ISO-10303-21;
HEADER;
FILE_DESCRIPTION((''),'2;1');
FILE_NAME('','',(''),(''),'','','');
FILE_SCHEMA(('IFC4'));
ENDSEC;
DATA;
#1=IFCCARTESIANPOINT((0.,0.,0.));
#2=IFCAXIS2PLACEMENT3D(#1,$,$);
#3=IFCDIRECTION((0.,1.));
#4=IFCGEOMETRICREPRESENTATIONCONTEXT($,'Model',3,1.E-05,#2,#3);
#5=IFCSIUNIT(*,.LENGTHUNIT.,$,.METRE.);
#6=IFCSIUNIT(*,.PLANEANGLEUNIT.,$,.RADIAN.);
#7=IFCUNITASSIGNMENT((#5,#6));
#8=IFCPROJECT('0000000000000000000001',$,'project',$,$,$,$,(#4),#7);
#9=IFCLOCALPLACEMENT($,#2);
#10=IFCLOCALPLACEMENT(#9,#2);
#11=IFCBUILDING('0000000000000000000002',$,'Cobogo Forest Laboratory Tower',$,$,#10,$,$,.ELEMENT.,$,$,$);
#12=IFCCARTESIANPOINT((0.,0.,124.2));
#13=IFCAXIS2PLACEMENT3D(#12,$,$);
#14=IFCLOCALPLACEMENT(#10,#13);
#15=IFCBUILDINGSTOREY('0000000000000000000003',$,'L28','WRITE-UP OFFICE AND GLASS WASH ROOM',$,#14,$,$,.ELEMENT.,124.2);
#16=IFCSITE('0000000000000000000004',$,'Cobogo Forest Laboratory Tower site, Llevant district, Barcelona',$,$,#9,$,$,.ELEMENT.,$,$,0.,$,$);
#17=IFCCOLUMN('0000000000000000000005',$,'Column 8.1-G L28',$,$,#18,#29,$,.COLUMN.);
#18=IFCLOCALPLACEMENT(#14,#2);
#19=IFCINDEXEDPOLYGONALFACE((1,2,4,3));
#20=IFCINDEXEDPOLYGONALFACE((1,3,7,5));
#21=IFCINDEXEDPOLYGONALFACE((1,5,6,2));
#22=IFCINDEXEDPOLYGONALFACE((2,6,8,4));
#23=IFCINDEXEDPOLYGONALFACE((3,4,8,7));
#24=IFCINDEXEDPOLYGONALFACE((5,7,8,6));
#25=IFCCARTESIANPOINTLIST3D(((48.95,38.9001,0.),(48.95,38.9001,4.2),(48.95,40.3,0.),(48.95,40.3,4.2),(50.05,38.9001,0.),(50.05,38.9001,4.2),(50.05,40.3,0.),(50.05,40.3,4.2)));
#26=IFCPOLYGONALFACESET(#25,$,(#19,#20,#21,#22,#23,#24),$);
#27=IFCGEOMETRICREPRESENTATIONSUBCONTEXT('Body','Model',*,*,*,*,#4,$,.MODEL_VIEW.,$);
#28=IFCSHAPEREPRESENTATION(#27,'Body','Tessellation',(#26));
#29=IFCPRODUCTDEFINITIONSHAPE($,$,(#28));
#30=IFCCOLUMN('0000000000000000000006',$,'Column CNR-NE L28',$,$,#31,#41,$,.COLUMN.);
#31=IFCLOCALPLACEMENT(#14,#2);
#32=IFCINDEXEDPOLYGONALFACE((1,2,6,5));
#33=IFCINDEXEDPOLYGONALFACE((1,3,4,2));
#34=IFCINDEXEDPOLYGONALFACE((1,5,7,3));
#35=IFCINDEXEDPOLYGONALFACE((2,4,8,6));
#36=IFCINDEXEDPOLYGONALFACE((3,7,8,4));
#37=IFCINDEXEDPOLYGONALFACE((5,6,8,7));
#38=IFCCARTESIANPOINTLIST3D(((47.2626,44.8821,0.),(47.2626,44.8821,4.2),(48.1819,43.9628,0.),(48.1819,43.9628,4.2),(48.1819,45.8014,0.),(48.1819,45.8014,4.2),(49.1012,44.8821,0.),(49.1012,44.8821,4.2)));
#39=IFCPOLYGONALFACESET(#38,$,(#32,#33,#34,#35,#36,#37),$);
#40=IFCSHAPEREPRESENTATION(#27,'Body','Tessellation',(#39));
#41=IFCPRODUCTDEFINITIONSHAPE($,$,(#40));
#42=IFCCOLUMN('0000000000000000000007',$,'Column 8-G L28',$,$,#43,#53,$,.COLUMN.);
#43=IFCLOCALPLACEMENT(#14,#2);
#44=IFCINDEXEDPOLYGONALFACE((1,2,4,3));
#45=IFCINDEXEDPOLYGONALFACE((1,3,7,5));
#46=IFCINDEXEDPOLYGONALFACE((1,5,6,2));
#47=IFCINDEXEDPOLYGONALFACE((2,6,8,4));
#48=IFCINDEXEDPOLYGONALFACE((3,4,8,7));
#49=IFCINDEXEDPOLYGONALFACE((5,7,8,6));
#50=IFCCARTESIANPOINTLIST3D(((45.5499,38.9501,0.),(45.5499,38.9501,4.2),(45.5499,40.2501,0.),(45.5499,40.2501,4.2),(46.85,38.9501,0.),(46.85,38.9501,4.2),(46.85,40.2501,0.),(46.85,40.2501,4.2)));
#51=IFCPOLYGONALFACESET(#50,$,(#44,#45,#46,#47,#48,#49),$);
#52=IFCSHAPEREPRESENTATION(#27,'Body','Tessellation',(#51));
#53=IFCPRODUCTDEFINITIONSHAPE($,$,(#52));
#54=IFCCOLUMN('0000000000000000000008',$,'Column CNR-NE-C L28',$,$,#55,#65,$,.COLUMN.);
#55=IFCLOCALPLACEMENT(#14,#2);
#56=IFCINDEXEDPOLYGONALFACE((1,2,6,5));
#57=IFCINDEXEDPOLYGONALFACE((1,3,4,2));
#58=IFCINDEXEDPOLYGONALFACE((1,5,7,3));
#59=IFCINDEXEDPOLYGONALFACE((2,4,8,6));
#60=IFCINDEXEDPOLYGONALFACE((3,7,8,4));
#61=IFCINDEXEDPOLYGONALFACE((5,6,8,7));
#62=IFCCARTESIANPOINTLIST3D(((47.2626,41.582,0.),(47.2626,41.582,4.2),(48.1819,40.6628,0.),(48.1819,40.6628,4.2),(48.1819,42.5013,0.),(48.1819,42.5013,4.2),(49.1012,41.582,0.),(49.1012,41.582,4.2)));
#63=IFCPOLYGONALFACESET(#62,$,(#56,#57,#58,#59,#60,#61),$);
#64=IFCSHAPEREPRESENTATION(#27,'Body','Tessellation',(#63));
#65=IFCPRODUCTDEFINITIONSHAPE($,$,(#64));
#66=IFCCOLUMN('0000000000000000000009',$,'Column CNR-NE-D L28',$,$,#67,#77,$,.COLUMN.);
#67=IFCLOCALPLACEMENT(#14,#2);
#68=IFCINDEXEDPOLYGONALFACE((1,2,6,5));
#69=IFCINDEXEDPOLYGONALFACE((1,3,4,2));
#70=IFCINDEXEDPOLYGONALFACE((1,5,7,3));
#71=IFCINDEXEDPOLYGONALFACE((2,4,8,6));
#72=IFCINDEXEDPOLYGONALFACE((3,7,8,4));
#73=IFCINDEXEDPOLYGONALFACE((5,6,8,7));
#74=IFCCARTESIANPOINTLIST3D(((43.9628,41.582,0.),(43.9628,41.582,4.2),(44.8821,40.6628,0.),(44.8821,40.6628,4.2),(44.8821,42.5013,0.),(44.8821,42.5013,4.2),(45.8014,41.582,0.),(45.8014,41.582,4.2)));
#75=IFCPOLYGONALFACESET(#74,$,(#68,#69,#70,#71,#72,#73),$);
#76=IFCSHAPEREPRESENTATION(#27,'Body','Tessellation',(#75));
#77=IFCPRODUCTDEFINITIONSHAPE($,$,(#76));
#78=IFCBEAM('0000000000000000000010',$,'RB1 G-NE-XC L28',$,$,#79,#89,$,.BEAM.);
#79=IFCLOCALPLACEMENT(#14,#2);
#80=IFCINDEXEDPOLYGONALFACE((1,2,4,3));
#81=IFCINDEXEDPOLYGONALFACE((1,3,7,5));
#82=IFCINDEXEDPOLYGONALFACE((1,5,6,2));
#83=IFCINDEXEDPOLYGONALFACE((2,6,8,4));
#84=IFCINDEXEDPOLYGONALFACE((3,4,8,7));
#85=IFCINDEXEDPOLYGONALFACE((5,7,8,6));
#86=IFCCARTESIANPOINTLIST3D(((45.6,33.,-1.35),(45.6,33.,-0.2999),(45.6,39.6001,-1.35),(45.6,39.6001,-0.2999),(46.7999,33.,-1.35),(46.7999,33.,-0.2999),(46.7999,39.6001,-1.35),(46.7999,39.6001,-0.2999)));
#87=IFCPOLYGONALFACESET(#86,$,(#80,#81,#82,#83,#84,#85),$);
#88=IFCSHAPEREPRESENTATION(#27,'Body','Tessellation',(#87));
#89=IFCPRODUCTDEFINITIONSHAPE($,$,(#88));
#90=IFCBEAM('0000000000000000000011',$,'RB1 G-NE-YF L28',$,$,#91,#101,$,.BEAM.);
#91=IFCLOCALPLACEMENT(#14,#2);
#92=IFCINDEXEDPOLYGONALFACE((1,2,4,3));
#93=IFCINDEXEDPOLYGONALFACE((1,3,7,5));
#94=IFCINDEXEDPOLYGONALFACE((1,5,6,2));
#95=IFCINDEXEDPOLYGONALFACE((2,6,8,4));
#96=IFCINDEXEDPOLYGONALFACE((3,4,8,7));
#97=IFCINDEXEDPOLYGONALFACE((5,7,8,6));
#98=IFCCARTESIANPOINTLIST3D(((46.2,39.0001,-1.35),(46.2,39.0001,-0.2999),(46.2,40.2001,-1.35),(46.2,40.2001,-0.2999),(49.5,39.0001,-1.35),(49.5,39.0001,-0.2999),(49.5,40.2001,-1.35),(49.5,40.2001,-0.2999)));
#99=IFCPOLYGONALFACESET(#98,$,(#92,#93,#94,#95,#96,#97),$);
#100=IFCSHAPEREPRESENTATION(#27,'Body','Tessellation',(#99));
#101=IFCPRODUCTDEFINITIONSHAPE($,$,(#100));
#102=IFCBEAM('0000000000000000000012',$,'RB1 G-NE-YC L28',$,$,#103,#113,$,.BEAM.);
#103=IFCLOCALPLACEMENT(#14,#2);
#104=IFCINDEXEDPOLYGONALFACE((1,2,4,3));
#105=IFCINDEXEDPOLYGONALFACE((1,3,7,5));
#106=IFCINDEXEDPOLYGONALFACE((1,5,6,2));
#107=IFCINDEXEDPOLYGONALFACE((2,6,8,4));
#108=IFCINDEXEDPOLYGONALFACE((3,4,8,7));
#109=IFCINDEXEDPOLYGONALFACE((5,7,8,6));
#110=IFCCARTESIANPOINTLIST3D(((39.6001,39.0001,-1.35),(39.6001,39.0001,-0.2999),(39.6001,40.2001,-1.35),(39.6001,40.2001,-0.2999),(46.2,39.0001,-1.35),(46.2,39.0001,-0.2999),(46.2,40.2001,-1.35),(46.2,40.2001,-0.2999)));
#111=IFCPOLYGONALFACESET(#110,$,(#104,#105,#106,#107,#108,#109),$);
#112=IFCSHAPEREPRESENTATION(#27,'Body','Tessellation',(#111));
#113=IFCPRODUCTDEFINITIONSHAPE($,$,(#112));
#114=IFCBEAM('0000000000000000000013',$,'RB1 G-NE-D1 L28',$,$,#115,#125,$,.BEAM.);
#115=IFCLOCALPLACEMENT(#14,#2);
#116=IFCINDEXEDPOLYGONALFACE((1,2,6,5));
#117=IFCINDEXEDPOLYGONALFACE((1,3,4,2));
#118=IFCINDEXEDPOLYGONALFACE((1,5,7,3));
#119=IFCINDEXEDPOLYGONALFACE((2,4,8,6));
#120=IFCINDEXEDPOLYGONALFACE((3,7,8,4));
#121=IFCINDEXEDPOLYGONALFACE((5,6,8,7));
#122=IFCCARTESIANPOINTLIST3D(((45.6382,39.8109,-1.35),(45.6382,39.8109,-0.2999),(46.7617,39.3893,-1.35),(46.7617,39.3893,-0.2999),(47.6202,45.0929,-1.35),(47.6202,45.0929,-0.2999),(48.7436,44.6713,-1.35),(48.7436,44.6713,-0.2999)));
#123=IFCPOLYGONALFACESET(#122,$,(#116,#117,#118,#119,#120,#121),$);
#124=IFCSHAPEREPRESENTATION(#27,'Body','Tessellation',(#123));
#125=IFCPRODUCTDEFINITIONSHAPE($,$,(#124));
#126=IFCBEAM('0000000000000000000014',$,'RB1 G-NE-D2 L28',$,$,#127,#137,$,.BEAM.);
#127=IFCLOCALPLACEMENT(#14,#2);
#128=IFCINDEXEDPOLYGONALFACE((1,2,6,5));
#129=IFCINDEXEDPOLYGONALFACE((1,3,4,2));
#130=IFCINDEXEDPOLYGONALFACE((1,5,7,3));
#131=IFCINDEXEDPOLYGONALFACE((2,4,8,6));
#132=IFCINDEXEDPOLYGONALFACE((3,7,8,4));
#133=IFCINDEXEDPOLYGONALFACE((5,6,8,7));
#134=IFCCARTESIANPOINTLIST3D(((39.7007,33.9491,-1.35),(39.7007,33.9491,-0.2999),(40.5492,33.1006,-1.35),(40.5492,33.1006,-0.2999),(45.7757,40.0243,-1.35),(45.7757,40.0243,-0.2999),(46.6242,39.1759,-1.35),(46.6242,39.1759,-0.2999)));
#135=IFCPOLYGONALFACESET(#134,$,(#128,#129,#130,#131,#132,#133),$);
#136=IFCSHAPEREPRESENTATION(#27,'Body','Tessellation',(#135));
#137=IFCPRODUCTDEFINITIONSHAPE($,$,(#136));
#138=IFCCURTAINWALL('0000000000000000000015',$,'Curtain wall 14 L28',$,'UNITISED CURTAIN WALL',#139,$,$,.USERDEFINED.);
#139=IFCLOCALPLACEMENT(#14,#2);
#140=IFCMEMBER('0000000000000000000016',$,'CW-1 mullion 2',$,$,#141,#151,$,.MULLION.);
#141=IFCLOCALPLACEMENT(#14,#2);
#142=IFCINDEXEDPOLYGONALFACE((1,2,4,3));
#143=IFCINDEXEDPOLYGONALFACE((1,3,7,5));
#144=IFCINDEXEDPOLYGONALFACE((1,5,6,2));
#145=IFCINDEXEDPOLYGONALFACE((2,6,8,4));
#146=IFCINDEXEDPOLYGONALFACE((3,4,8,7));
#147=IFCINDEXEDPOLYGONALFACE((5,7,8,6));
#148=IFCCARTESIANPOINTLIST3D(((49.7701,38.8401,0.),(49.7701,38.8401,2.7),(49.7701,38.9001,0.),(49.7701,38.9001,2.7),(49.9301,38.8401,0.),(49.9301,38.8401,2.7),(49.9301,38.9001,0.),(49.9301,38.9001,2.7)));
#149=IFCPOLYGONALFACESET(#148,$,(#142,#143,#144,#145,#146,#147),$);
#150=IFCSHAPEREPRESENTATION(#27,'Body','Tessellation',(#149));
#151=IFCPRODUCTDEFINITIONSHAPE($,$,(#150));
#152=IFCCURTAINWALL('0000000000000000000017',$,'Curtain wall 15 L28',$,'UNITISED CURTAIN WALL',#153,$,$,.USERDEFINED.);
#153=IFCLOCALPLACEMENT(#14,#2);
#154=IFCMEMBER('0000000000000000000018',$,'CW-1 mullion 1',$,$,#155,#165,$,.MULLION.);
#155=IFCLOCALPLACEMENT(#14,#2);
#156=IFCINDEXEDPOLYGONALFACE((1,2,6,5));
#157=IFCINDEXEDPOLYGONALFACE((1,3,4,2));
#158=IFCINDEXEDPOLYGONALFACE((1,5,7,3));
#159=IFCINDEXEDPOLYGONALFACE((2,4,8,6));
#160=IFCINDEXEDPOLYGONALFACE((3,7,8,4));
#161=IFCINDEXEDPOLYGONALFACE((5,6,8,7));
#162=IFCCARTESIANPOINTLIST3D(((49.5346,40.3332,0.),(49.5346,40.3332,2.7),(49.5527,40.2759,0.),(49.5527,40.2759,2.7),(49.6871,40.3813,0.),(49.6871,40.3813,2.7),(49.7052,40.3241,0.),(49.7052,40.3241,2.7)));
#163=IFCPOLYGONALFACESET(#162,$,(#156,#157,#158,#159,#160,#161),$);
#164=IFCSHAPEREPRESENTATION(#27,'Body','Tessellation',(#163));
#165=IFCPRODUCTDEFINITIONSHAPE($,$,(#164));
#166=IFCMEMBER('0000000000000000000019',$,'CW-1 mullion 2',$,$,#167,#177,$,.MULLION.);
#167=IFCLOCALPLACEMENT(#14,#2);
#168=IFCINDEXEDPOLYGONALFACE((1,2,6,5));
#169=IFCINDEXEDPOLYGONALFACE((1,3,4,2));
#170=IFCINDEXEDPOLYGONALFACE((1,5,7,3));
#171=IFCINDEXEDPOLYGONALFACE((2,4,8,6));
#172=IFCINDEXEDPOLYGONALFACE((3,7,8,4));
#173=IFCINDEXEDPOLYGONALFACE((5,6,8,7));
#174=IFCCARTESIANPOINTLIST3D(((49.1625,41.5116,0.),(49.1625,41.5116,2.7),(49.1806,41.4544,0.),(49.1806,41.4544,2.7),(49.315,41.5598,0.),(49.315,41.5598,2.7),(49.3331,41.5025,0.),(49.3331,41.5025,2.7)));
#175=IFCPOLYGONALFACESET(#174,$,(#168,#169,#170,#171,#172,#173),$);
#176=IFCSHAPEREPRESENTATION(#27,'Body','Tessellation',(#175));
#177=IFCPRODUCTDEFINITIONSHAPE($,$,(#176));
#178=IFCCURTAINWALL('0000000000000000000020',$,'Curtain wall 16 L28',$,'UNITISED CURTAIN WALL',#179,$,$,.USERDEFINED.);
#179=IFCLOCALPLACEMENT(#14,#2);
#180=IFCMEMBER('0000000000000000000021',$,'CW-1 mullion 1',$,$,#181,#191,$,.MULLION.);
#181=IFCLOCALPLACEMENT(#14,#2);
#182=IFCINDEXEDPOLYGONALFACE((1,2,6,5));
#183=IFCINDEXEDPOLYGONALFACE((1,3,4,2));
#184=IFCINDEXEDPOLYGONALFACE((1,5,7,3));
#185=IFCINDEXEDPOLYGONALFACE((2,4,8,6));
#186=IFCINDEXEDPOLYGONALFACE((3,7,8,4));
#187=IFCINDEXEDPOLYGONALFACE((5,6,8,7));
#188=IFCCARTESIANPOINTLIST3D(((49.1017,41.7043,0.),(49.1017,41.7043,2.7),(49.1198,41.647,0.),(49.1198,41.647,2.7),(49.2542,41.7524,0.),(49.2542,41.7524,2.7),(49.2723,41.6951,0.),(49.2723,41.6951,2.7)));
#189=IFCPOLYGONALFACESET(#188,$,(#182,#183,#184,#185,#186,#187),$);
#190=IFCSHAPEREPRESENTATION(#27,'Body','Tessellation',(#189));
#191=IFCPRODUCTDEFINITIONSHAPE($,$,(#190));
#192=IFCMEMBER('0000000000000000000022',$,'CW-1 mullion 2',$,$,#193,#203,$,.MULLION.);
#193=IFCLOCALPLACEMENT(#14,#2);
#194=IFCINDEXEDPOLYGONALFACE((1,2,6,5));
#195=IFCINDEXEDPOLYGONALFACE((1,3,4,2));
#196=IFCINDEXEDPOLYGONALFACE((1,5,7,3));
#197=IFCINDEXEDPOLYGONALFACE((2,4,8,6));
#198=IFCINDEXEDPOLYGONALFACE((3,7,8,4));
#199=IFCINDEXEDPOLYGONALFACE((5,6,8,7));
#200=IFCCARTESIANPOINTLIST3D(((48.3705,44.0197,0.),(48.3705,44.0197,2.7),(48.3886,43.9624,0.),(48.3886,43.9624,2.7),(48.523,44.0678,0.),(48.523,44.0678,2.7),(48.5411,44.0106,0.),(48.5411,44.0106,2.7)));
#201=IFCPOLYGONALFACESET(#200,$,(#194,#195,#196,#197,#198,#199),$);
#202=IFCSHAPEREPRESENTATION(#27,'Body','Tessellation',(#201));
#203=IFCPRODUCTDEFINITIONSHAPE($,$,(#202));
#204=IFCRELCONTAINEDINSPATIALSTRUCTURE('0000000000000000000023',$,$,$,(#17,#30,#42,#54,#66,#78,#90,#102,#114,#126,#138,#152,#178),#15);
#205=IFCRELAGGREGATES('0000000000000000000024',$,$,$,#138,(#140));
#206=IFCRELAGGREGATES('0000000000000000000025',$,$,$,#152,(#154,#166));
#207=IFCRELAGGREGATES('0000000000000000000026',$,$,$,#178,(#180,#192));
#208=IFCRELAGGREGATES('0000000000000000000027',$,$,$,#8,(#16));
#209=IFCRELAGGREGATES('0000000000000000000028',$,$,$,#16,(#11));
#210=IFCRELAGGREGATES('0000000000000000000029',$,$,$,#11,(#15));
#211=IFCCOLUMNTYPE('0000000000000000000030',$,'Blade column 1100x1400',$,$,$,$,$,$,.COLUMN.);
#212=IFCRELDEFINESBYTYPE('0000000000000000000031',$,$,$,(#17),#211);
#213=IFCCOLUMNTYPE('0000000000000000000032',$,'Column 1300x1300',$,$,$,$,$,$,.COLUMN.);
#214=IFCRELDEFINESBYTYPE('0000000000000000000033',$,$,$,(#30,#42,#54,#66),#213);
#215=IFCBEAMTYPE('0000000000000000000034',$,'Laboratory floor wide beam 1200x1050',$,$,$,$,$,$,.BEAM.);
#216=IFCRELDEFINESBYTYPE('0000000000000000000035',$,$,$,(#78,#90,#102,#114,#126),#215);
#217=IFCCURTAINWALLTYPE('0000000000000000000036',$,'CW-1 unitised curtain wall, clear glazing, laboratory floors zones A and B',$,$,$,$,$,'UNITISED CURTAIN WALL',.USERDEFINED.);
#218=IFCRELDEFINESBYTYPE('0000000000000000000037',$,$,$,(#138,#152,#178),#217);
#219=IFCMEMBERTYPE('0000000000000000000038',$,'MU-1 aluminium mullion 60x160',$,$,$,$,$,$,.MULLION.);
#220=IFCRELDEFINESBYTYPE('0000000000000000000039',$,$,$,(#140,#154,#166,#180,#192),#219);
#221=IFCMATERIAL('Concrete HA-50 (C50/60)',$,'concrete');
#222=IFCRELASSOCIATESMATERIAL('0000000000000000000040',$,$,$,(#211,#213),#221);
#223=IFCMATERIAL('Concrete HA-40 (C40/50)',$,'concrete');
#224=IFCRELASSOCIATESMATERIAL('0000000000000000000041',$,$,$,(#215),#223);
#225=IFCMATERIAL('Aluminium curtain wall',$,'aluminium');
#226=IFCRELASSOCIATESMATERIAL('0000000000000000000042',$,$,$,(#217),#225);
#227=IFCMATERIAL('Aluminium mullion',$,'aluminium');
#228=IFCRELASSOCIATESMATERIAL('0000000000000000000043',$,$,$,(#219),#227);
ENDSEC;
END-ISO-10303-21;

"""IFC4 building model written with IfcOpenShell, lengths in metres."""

from ifc_helpers import new_model, si_unit, direction, frame, origin, origin_2d, place, context, subcontext, project, spatial, rectangle, extrude, material, material_profile, profile_set, type_object, element, aggregate, save


model = new_model("IFC4")

# Units and contexts
model_context = context("Model", 3, precision=1e-05, world=origin(), true_north=direction((0.0, 1.0)))
body_context = subcontext(model_context, "Body", "Model", "MODEL_VIEW")
ifc_project = project(units=[si_unit("LENGTHUNIT", "METRE"), si_unit("PLANEANGLEUNIT", "RADIAN")], contexts=[model_context])

# Site, building, storey
site_placement = place(None, origin())
site = spatial("IfcSite", under=ifc_project, at=site_placement, Name="Cobogo Forest Laboratory Tower site, Llevant district, Barcelona", CompositionType="ELEMENT", RefElevation=0.0)
building_placement = place(site_placement, origin())
building = spatial("IfcBuilding", under=site, at=building_placement, Name="Cobogo Forest Laboratory Tower", CompositionType="ELEMENT")
storey_placement = place(building_placement, frame((0.0, 0.0, 124.2)))
storey = spatial("IfcBuildingStorey", under=building, at=storey_placement, Name="L28", Description="WRITE-UP OFFICE AND GLASS WASH ROOM", CompositionType="ELEMENT", Elevation=124.2)

# Columns
ifc_material_1 = material(Name="Concrete HA-50 (C50/60)", Category="concrete")
ifc_material_profile_1 = material_profile(ifc_material_1, rectangle(XDim=1.3999, YDim=1.1001, at=origin_2d()), Name="RC 1100x1400")
ifc_profile_set_1 = profile_set([ifc_material_profile_1], Name="Concrete HA-50 (C50/60)")
column_type_1 = type_object("IfcColumnType", Name="Blade column 1100x1400", PredefinedType="COLUMN", material=ifc_profile_set_1)
column_placement = place(storey_placement, frame((49.5, 39.6001, 0.0), z_axis=(0.0, 0.0, 1.0), x_axis=(0.0, 1.0, 0.0)))
element("IfcColumn", 1, at=column_placement, inside=storey, type_object=column_type_1, Name="Column 8.1-G L28", PredefinedType="COLUMN", context=body_context, shape_type="SweptSolid", body=[
    extrude(rectangle(XDim=1.3999, YDim=1.1001, at=origin_2d()), origin(), (0.0, 0.0, 1.0), 4.2),
])
ifc_material_profile_2 = material_profile(ifc_material_1, rectangle(XDim=1.3, YDim=1.3, at=origin_2d()), Name="RC 1300x1300")
ifc_profile_set_2 = profile_set([ifc_material_profile_2], Name="Concrete HA-50 (C50/60)")
column_type_2 = type_object("IfcColumnType", Name="Column 1300x1300", PredefinedType="COLUMN", material=ifc_profile_set_2)
for number, where, z_axis, x_axis, name in (
    (2, (48.1819, 44.8821, 0.0), (0.0, 0.0, 1.0), (0.707107, 0.707107, 0.0), "Column CNR-NE L28"),
    (3, (46.2, 39.6001, 0.0), (0.0, 0.0, 1.0), (1.0, 0.0, 0.0), "Column 8-G L28"),
    (4, (48.1819, 41.582, 0.0), (0.0, 0.0, 1.0), (0.707107, 0.707107, 0.0), "Column CNR-NE-C L28"),
    (5, (44.8821, 41.582, 0.0), (0.0, 0.0, 1.0), (0.707107, 0.707107, 0.0), "Column CNR-NE-D L28"),
):
    element("IfcColumn", number, at=place(storey_placement, frame(where, z_axis=z_axis, x_axis=x_axis)), inside=storey, type_object=column_type_2, Name=name, PredefinedType="COLUMN", context=body_context, shape_type="SweptSolid", body=[
        extrude(rectangle(XDim=1.3, YDim=1.3, at=origin_2d()), origin(), (0.0, 0.0, 1.0), 4.2),
    ])

# Beams
ifc_material_2 = material(Name="Concrete HA-40 (C40/50)", Category="concrete")
ifc_material_profile_3 = material_profile(ifc_material_2, rectangle(XDim=1.2, YDim=1.05, at=origin_2d()), Name="RC 1200x1050")
ifc_profile_set_3 = profile_set([ifc_material_profile_3], Name="Concrete HA-40 (C40/50)")
beam_type_1 = type_object("IfcBeamType", Name="Laboratory floor wide beam 1200x1050", PredefinedType="BEAM", material=ifc_profile_set_3)
beam_1_placement = place(storey_placement, frame((46.2, 39.6001, -0.825), z_axis=(0.0, -1.0, 0.0), x_axis=(1.0, 0.0, 0.0)))
element("IfcBeam", 6, at=beam_1_placement, inside=storey, type_object=beam_type_1, Name="RB1 G-NE-XC L28", PredefinedType="BEAM", context=body_context, shape_type="SweptSolid", body=[
    extrude(rectangle(XDim=1.2, YDim=1.05, at=origin_2d()), origin(), (0.0, 0.0, 1.0), 6.6001),
])
beam_2_placement = place(storey_placement, frame((49.5, 39.6001, -0.825), z_axis=(-1.0, 0.0, 0.0), x_axis=(0.0, -1.0, 0.0)))
element("IfcBeam", 7, at=beam_2_placement, inside=storey, type_object=beam_type_1, Name="RB1 G-NE-YF L28", PredefinedType="BEAM", context=body_context, shape_type="SweptSolid", body=[
    extrude(rectangle(XDim=1.2, YDim=1.05, at=origin_2d()), origin(), (0.0, 0.0, 1.0), 3.3),
])
beam_3_placement = place(storey_placement, frame((46.2, 39.6001, -0.825), z_axis=(-1.0, 0.0, 0.0), x_axis=(0.0, -1.0, 0.0)))
element("IfcBeam", 8, at=beam_3_placement, inside=storey, type_object=beam_type_1, Name="RB1 G-NE-YC L28", PredefinedType="BEAM", context=body_context, shape_type="SweptSolid", body=[
    extrude(rectangle(XDim=1.2, YDim=1.05, at=origin_2d()), origin(), (0.0, 0.0, 1.0), 6.5999),
])
beam_4_placement = place(storey_placement, frame((48.1819, 44.8821, -0.825), z_axis=(-0.351308, -0.93626, 0.0), x_axis=(0.93626, -0.351308, 0.0)))
element("IfcBeam", 9, at=beam_4_placement, inside=storey, type_object=beam_type_1, Name="RB1 G-NE-D1 L28", PredefinedType="BEAM", context=body_context, shape_type="SweptSolid", body=[
    extrude(rectangle(XDim=1.2, YDim=1.05, at=origin_2d()), origin(), (0.0, 0.0, 1.0), 5.6416),
])
beam_5_placement = place(storey_placement, frame((46.2, 39.6001, -0.825), z_axis=(-0.707093, -0.707121, 0.0), x_axis=(0.707121, -0.707093, 0.0)))
element("IfcBeam", 10, at=beam_5_placement, inside=storey, type_object=beam_type_1, Name="RB1 G-NE-D2 L28", PredefinedType="BEAM", context=body_context, shape_type="SweptSolid", body=[
    extrude(rectangle(XDim=1.2, YDim=1.05, at=origin_2d()), origin(), (0.0, 0.0, 1.0), 8.5916),
])

# Curtain wall, member
ifc_material_3 = material(Name="Aluminium curtain wall", Category="aluminium")
curtain_wall_type = type_object("IfcCurtainWallType", Name="CW-1 unitised curtain wall, clear glazing, laboratory floors zones A and B", ElementType="UNITISED CURTAIN WALL", PredefinedType="USERDEFINED", material=ifc_material_3)
curtain_wall_1_placement = place(storey_placement, origin())
curtain_wall_1 = element("IfcCurtainWall", 11, at=curtain_wall_1_placement, inside=storey, type_object=curtain_wall_type, Name="Curtain wall 14 L28", ObjectType="UNITISED CURTAIN WALL", PredefinedType="USERDEFINED")
ifc_material_4 = material(Name="Aluminium mullion", Category="aluminium")
ifc_material_profile_4 = material_profile(ifc_material_4, rectangle(XDim=0.0601, YDim=0.1599, at=origin_2d()), Name="AL 60x160")
ifc_profile_set_4 = profile_set([ifc_material_profile_4], Name="Aluminium mullion")
member_type_1 = type_object("IfcMemberType", Name="MU-1 aluminium mullion 60x160", PredefinedType="MULLION", material=ifc_profile_set_4)
member_1_placement = place(storey_placement, frame((49.8501, 38.8701, 0.0), z_axis=(0.0, 0.0, 1.0), x_axis=(0.0, 1.0, 0.0)))
member_1 = element("IfcMember", 12, at=member_1_placement, type_object=member_type_1, Name="CW-1 mullion 2", PredefinedType="MULLION", context=body_context, shape_type="SweptSolid", body=[
    extrude(rectangle(XDim=0.0601, YDim=0.1599, at=origin_2d()), origin(), (0.0, 0.0, 1.0), 2.7),
])
aggregate(curtain_wall_1, [member_1])

# Curtain walls, members
curtain_wall_2_placement = place(storey_placement, origin())
curtain_wall_2 = element("IfcCurtainWall", 13, at=curtain_wall_2_placement, inside=storey, type_object=curtain_wall_type, Name="Curtain wall 15 L28", ObjectType="UNITISED CURTAIN WALL", PredefinedType="USERDEFINED")
member_2_placement = place(storey_placement, frame((49.6199, 40.3286, 0.0), z_axis=(0.0, 0.0, 1.0), x_axis=(-0.301135, 0.953581, 0.0)))
member_2 = element("IfcMember", 14, at=member_2_placement, type_object=member_type_1, Name="CW-1 mullion 1", PredefinedType="MULLION", context=body_context, shape_type="SweptSolid", body=[
    extrude(rectangle(XDim=0.0601, YDim=0.1599, at=origin_2d()), origin(), (0.0, 0.0, 1.0), 2.7),
])
member_3_placement = place(storey_placement, frame((49.2478, 41.5071, 0.0), z_axis=(0.0, 0.0, 1.0), x_axis=(-0.301135, 0.953581, 0.0)))
member_3 = element("IfcMember", 15, at=member_3_placement, type_object=member_type_1, Name="CW-1 mullion 2", PredefinedType="MULLION", context=body_context, shape_type="SweptSolid", body=[
    extrude(rectangle(XDim=0.0601, YDim=0.1599, at=origin_2d()), origin(), (0.0, 0.0, 1.0), 2.7),
])
curtain_wall_3_placement = place(storey_placement, origin())
curtain_wall_3 = element("IfcCurtainWall", 16, at=curtain_wall_3_placement, inside=storey, type_object=curtain_wall_type, Name="Curtain wall 16 L28", ObjectType="UNITISED CURTAIN WALL", PredefinedType="USERDEFINED")
member_4_placement = place(storey_placement, frame((49.187, 41.6997, 0.0), z_axis=(0.0, 0.0, 1.0), x_axis=(-0.301135, 0.953581, 0.0)))
member_4 = element("IfcMember", 17, at=member_4_placement, type_object=member_type_1, Name="CW-1 mullion 1", PredefinedType="MULLION", context=body_context, shape_type="SweptSolid", body=[
    extrude(rectangle(XDim=0.0601, YDim=0.1599, at=origin_2d()), origin(), (0.0, 0.0, 1.0), 2.7),
])
member_5_placement = place(storey_placement, frame((48.4558, 44.0151, 0.0), z_axis=(0.0, 0.0, 1.0), x_axis=(-0.301135, 0.953581, 0.0)))
member_5 = element("IfcMember", 18, at=member_5_placement, type_object=member_type_1, Name="CW-1 mullion 2", PredefinedType="MULLION", context=body_context, shape_type="SweptSolid", body=[
    extrude(rectangle(XDim=0.0601, YDim=0.1599, at=origin_2d()), origin(), (0.0, 0.0, 1.0), 2.7),
])

aggregate(curtain_wall_2, [member_2, member_3])
aggregate(curtain_wall_3, [member_4, member_5])

save(model, "model.ifc")
